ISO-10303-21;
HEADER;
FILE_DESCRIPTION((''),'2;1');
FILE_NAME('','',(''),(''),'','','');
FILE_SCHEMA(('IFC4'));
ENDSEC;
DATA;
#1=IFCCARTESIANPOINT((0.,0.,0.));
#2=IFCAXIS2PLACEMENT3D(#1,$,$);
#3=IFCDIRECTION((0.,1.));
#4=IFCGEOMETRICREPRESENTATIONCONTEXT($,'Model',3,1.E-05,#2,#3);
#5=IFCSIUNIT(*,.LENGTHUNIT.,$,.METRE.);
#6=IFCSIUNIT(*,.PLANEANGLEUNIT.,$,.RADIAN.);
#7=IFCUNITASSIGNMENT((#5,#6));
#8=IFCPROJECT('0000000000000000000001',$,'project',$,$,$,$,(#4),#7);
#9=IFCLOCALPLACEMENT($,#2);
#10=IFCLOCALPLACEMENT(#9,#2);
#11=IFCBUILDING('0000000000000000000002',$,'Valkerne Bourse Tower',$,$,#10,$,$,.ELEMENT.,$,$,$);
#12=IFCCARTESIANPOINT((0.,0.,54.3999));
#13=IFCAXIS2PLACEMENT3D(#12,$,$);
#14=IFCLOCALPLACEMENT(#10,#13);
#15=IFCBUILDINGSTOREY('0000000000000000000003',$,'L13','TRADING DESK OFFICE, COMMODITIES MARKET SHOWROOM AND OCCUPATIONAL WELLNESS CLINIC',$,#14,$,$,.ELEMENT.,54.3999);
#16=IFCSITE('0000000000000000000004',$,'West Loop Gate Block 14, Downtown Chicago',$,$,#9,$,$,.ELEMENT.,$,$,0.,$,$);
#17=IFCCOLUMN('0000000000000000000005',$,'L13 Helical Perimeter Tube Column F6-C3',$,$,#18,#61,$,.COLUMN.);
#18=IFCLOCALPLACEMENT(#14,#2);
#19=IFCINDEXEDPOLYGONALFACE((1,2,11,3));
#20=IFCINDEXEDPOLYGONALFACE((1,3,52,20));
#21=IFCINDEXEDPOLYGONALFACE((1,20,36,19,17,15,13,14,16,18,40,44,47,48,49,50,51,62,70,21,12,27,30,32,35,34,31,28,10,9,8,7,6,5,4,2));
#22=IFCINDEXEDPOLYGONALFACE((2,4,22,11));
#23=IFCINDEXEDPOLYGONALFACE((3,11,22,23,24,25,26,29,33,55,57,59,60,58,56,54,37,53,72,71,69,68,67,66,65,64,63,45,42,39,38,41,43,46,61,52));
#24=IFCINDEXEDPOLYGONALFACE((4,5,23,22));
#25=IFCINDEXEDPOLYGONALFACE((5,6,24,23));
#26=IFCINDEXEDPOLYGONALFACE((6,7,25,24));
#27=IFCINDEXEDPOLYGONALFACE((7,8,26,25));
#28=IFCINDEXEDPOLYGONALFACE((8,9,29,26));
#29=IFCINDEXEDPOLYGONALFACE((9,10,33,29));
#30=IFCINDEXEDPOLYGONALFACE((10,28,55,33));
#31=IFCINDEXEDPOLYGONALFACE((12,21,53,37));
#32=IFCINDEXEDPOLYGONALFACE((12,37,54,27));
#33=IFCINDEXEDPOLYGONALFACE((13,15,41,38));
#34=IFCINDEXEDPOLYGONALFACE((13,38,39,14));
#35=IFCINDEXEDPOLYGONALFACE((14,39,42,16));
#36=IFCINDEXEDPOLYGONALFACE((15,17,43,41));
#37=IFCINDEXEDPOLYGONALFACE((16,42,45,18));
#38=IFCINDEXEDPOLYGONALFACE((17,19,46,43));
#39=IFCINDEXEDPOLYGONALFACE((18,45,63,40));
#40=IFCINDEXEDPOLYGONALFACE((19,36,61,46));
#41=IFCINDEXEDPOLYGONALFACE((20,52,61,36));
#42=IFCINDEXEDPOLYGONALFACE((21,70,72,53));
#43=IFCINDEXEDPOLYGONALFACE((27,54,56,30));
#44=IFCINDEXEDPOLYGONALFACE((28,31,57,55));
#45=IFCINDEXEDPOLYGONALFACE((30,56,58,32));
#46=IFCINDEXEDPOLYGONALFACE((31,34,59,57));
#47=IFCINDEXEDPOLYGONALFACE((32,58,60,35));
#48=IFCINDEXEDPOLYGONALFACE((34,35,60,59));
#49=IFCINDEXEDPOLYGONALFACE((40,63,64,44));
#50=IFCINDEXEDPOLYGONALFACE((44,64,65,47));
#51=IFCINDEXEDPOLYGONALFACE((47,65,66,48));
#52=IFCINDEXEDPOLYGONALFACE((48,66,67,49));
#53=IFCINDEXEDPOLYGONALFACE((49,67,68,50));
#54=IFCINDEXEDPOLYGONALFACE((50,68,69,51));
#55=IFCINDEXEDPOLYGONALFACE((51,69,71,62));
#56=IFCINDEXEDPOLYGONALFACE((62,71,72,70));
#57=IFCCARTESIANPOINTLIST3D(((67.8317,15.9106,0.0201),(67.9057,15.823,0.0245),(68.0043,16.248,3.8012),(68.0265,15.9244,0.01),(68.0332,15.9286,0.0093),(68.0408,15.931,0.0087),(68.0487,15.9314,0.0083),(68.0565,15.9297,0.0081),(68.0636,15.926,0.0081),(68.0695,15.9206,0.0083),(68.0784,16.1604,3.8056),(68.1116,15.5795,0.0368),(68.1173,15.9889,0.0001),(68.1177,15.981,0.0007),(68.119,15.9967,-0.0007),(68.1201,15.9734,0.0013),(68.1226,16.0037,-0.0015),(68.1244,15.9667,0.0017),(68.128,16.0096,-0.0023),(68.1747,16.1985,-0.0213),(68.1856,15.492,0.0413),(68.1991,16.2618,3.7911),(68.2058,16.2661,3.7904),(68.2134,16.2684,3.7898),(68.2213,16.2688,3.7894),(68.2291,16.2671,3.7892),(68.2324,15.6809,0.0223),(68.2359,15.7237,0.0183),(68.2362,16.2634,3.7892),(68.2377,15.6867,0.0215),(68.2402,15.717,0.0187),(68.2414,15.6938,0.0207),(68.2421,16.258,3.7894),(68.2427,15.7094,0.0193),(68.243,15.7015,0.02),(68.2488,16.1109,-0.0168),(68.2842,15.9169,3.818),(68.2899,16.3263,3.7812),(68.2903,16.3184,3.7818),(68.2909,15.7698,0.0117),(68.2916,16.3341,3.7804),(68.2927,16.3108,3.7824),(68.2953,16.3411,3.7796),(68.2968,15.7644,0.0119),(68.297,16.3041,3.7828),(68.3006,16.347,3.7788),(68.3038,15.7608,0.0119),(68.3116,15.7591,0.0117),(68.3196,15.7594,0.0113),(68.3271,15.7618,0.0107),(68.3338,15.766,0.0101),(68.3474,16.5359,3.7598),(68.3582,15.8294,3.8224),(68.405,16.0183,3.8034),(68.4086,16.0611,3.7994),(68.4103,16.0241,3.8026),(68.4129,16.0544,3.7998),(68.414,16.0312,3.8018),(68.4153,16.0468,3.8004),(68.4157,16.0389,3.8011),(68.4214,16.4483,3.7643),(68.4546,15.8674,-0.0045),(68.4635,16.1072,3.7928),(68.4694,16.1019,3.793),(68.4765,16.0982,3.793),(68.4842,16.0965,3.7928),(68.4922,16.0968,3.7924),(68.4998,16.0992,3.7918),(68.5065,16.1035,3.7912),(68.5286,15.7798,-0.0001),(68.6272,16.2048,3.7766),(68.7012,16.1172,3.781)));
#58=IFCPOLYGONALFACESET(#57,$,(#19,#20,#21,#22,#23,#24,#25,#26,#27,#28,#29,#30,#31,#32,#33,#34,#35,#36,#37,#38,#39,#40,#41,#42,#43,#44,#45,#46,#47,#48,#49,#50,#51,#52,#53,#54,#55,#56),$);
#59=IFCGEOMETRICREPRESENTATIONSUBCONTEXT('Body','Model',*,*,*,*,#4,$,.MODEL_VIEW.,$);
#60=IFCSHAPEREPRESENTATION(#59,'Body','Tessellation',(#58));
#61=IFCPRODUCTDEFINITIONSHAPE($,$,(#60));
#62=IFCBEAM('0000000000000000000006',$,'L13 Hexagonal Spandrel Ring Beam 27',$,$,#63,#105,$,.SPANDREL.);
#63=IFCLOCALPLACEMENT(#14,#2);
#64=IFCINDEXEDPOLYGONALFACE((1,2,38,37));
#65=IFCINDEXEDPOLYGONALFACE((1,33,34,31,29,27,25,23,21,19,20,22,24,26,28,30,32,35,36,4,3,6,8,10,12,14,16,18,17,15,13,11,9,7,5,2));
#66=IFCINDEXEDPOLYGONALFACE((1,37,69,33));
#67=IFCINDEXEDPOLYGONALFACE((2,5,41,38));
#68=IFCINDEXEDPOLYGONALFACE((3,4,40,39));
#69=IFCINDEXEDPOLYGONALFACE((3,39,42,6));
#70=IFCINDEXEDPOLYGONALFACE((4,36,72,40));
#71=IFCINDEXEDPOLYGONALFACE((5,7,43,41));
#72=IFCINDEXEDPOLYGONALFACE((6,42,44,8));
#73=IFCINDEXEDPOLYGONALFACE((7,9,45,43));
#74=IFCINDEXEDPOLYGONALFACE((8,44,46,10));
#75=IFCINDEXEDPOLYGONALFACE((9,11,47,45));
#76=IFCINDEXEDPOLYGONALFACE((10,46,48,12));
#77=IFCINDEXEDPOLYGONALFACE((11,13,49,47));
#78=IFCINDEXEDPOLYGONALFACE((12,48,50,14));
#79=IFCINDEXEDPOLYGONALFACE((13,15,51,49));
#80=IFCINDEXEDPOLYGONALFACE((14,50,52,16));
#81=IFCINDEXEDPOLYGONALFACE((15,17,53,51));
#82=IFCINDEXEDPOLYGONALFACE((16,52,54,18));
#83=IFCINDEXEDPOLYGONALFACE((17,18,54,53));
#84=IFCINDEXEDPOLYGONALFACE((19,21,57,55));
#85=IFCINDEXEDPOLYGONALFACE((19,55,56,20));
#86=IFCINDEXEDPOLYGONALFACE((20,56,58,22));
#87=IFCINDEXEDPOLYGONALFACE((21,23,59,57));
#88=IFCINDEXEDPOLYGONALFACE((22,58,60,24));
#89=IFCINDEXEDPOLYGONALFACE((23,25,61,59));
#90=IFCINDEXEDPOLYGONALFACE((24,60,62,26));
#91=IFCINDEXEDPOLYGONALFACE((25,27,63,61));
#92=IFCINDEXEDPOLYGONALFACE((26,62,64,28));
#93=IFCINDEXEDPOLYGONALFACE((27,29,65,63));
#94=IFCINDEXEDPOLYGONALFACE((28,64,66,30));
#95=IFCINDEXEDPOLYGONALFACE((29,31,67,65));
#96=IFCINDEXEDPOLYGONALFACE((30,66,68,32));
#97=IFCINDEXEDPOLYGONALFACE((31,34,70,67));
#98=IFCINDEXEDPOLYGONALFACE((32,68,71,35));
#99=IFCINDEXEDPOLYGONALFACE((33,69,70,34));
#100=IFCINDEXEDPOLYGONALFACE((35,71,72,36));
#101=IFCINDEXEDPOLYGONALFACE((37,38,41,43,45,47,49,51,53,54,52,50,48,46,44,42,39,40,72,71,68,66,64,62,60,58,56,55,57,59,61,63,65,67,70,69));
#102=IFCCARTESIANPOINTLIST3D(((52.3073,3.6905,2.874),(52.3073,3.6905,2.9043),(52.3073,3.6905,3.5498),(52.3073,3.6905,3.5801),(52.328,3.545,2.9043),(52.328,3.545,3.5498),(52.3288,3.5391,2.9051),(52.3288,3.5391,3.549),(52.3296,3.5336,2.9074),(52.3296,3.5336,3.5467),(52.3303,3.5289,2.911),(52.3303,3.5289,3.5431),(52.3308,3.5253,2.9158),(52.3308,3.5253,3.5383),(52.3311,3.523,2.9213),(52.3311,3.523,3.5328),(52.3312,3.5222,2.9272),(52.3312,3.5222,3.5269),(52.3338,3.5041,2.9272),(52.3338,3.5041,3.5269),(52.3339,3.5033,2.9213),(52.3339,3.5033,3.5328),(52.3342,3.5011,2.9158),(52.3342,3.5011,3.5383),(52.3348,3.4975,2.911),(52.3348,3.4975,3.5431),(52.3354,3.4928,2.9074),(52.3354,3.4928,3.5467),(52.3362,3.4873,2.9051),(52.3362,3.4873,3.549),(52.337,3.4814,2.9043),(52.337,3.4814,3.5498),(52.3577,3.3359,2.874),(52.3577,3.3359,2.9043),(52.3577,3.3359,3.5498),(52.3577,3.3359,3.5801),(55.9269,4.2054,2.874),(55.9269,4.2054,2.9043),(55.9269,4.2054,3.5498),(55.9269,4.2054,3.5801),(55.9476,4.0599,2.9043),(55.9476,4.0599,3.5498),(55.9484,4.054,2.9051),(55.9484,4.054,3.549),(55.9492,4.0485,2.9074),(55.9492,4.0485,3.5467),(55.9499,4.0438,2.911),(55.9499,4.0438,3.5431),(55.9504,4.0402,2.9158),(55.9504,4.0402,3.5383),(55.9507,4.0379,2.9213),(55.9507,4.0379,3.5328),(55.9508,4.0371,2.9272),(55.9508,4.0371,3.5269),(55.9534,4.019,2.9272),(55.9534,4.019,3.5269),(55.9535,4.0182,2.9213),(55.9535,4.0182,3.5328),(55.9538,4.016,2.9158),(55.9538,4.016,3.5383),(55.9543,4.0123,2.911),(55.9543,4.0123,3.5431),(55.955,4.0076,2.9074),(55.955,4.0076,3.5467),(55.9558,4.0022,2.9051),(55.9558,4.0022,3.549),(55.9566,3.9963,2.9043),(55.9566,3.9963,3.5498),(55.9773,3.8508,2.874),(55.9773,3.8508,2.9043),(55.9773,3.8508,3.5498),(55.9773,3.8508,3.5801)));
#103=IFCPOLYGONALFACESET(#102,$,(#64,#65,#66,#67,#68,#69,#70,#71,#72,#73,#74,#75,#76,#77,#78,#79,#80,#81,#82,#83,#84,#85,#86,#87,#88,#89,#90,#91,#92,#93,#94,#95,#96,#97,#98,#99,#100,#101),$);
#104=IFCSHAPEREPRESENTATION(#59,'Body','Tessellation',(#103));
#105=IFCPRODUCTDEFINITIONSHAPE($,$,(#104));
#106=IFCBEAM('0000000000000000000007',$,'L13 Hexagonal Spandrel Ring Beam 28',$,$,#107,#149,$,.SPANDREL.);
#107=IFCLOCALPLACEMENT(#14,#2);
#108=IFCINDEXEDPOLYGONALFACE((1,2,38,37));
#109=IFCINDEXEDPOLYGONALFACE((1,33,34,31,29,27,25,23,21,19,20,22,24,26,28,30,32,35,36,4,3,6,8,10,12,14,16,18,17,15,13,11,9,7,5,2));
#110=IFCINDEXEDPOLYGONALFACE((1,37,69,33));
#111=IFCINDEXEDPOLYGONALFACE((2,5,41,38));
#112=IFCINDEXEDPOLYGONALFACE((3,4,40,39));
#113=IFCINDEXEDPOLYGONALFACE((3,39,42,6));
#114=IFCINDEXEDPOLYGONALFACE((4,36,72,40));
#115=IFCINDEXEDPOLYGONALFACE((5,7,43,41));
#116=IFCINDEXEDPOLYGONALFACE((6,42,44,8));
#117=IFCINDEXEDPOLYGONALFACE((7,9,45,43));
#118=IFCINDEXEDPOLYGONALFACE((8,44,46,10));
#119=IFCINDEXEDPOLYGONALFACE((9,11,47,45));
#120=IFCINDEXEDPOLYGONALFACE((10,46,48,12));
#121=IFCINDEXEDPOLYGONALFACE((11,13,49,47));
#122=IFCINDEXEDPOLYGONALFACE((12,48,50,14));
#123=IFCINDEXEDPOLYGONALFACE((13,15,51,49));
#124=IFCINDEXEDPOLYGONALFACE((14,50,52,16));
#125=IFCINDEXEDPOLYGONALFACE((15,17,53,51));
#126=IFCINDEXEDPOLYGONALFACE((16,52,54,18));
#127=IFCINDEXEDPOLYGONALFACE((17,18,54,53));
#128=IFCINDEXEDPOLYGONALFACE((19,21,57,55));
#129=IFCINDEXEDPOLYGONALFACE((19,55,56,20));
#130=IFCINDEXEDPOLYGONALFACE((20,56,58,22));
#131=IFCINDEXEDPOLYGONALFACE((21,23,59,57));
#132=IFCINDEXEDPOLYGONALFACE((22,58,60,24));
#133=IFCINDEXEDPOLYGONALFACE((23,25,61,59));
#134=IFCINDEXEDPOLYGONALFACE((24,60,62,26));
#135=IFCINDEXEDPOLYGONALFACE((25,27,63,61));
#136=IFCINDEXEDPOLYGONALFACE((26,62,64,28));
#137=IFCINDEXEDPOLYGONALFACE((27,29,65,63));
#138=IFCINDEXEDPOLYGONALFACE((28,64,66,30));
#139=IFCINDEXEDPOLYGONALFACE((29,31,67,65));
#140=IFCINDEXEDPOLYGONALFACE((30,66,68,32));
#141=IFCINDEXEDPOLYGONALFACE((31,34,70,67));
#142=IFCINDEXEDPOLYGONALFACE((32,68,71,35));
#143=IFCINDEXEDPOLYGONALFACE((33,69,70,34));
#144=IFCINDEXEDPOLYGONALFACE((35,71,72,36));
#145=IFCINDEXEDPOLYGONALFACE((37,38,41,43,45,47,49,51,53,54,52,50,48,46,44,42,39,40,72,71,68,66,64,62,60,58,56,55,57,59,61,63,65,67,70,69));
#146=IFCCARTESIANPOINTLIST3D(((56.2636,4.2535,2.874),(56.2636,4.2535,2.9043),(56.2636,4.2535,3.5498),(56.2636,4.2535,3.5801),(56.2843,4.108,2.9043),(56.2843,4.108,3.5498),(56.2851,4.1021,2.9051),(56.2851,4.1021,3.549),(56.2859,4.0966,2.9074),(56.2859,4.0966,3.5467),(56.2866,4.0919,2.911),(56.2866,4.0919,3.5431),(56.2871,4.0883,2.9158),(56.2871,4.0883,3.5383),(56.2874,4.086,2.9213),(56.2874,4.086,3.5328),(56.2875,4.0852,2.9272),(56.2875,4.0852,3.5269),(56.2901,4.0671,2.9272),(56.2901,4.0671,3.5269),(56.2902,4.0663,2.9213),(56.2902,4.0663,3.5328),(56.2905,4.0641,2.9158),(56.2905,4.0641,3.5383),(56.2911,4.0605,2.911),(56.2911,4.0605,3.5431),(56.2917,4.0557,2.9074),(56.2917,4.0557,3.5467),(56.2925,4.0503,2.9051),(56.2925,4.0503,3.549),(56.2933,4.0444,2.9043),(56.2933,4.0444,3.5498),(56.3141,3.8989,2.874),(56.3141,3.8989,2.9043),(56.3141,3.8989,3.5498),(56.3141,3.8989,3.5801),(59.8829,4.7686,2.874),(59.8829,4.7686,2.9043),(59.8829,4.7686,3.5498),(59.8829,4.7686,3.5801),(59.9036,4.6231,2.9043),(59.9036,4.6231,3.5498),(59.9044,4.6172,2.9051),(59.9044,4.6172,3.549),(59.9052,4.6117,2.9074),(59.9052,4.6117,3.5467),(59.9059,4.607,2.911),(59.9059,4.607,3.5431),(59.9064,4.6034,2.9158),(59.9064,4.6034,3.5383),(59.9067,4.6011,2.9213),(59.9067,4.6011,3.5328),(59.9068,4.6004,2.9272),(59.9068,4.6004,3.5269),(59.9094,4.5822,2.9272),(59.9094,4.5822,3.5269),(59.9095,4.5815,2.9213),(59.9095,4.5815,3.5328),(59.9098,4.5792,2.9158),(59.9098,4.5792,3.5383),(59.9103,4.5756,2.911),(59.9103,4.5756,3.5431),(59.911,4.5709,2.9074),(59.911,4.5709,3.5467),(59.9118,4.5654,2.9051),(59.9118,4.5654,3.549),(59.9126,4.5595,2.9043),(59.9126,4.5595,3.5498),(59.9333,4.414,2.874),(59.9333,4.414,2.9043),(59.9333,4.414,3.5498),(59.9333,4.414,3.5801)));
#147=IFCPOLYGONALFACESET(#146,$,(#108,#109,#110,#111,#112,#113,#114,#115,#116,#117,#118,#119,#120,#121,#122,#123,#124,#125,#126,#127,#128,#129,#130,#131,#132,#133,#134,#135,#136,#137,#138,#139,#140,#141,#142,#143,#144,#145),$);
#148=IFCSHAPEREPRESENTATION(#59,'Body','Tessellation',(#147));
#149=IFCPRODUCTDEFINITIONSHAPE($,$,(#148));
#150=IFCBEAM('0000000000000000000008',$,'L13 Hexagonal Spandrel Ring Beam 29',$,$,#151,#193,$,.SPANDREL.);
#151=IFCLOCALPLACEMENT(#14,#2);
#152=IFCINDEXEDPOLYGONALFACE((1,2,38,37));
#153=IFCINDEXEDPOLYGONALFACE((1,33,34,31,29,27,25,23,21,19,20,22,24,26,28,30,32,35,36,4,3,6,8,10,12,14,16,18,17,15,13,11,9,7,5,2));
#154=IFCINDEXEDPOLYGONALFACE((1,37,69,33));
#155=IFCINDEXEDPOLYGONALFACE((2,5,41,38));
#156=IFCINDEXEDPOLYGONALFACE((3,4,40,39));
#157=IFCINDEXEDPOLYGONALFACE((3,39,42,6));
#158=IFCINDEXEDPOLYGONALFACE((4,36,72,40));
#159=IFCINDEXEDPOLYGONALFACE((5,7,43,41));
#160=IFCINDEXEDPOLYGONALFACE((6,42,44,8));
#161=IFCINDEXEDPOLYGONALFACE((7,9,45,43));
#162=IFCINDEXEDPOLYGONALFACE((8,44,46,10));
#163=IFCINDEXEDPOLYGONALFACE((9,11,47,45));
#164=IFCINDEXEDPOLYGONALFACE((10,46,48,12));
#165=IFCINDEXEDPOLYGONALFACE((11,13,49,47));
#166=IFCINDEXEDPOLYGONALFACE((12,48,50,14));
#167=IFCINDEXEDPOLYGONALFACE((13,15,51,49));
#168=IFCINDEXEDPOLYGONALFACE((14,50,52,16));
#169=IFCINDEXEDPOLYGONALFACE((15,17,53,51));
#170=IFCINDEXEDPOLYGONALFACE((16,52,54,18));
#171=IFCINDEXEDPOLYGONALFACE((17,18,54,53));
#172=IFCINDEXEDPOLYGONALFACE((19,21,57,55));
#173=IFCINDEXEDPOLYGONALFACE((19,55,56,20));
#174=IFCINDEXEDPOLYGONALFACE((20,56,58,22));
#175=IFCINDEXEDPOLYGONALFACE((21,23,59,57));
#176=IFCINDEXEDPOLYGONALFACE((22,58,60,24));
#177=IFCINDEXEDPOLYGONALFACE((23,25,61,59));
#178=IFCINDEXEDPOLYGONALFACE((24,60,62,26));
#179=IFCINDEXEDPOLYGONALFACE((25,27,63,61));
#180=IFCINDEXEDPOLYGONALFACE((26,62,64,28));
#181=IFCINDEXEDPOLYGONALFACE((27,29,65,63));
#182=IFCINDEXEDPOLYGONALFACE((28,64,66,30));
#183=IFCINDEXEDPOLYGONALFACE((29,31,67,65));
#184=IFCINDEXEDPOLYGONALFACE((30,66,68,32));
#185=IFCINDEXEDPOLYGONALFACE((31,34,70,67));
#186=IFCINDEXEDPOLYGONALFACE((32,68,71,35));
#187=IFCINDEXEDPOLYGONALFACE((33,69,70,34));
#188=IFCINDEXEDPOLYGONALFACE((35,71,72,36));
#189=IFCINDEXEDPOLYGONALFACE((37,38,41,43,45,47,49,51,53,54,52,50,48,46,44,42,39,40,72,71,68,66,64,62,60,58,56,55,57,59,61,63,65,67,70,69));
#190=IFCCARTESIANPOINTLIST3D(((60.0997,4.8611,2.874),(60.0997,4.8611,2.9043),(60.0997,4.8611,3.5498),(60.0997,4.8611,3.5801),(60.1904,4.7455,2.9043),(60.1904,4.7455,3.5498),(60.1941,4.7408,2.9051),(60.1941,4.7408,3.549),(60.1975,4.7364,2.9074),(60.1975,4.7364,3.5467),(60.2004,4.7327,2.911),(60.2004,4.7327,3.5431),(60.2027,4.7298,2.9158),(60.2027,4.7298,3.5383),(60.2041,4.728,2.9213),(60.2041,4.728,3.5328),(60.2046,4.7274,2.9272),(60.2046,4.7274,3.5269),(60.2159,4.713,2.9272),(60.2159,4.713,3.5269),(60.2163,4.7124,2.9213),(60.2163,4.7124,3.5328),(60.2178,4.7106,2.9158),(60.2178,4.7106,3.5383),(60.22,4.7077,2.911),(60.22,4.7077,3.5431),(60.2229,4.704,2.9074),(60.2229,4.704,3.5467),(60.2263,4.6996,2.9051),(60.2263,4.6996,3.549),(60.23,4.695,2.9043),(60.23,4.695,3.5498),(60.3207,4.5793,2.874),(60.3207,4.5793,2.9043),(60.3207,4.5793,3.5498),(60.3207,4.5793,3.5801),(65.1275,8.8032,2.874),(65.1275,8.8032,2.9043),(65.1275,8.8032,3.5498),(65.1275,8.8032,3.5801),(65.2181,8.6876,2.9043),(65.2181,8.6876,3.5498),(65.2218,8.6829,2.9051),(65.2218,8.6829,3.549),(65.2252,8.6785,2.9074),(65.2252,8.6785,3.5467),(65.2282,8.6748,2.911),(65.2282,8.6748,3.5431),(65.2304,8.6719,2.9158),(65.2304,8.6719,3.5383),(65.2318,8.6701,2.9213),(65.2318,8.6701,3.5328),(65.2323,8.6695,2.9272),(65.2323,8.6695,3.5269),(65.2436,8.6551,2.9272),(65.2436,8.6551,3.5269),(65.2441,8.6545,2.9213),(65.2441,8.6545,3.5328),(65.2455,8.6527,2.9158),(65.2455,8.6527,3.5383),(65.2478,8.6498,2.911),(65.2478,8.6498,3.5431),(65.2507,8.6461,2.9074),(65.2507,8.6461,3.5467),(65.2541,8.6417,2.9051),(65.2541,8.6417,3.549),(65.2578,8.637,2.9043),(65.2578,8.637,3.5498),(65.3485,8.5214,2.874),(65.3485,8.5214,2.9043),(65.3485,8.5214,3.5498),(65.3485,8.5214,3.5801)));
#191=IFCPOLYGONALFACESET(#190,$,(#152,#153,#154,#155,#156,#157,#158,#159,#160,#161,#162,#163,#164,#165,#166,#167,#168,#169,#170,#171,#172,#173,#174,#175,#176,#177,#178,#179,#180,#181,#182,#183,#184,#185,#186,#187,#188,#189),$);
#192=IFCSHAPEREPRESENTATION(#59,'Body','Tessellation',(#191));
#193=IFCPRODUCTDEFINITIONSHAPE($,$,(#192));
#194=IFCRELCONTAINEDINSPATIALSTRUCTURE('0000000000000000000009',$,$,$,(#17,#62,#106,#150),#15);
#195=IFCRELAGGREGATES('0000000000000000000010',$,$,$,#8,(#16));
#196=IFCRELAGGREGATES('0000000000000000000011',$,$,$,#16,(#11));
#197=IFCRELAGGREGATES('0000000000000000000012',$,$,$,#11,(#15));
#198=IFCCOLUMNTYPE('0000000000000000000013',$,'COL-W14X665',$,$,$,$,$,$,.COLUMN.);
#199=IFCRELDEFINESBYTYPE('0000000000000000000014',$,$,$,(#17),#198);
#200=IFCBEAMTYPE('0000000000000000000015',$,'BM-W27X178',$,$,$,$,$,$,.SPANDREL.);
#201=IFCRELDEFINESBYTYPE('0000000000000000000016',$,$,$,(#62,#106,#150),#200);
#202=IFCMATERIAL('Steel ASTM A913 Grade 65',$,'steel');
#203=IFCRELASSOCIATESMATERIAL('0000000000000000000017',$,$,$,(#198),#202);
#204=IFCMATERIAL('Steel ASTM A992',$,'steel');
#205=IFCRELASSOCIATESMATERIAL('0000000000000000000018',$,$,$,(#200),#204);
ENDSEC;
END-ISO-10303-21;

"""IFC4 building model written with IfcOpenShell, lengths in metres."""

from ifc_helpers import new_model, si_unit, direction, frame, origin, origin_2d, place, context, subcontext, project, spatial, i_section, extrude, material, material_profile, profile_set, type_object, element, save


model = new_model("IFC4")

# Units and contexts
model_context = context("Model", 3, precision=1e-05, world=origin(), true_north=direction((0.0, 1.0)))
body_context = subcontext(model_context, "Body", "Model", "MODEL_VIEW")
ifc_project = project(units=[si_unit("LENGTHUNIT", "METRE"), si_unit("PLANEANGLEUNIT", "RADIAN")], contexts=[model_context])

# Site, building, storey
site_placement = place(None, origin())
site = spatial("IfcSite", under=ifc_project, at=site_placement, Name="West Loop Gate Block 14, Downtown Chicago", CompositionType="ELEMENT", RefElevation=0.0)
building_placement = place(site_placement, origin())
building = spatial("IfcBuilding", under=site, at=building_placement, Name="Valkerne Bourse Tower", CompositionType="ELEMENT")
storey_placement = place(building_placement, frame((0.0, 0.0, 54.3999)))
storey = spatial("IfcBuildingStorey", under=building, at=storey_placement, Name="L13", Description="TRADING DESK OFFICE, COMMODITIES MARKET SHOWROOM AND OCCUPATIONAL WELLNESS CLINIC", CompositionType="ELEMENT", Elevation=54.3999)

# Column
ifc_material_1 = material(Name="Steel ASTM A913 Grade 65", Category="steel")
ifc_material_profile_1 = material_profile(ifc_material_1, i_section(OverallWidth=0.4497, OverallDepth=0.5486, WebThickness=0.072, FlangeThickness=0.1147, FilletRadius=0.0305, at=origin_2d()), Name="W14X665")
ifc_profile_set_1 = profile_set([ifc_material_profile_1], Name="Steel ASTM A913 Grade 65")
column_type = type_object("IfcColumnType", Name="COL-W14X665", PredefinedType="COLUMN", material=ifc_profile_set_1)
column_1_placement = place(storey_placement, frame((68.1802, 15.8452, 0.01), z_axis=(0.045424, 0.088791, 0.995014), x_axis=(-0.762752, -0.640122, 0.091943)))
element("IfcColumn", 1, at=column_1_placement, inside=storey, type_object=column_type, Name="L13 Helical Perimeter Tube Column F6-C3", PredefinedType="COLUMN", context=body_context, shape_type="SweptSolid", body=[
    extrude(i_section(OverallWidth=0.4497, OverallDepth=0.5486, WebThickness=0.072, FlangeThickness=0.1147, FilletRadius=0.0305, at=origin_2d()), origin(), (0.0, 0.0, 1.0), 3.8),
])

# Beams
ifc_material_2 = material(Name="Steel ASTM A992", Category="steel")
ifc_material_profile_2 = material_profile(ifc_material_2, i_section(OverallWidth=0.3582, OverallDepth=0.7061, WebThickness=0.0183, FlangeThickness=0.0303, FilletRadius=0.0229, at=origin_2d()), Name="W27X178")
ifc_profile_set_2 = profile_set([ifc_material_profile_2], Name="Steel ASTM A992")
beam_type = type_object("IfcBeamType", Name="BM-W27X178", PredefinedType="SPANDREL", material=ifc_profile_set_2)
beam_1_placement = place(storey_placement, frame((52.3325, 3.5132, 3.2271), z_axis=(0.990033, 0.140832, 0.0), x_axis=(-0.140832, 0.990033, 0.0)))
element("IfcBeam", 2, at=beam_1_placement, inside=storey, type_object=beam_type, Name="L13 Hexagonal Spandrel Ring Beam 27", PredefinedType="SPANDREL", context=body_context, shape_type="SweptSolid", body=[
    extrude(i_section(OverallWidth=0.3582, OverallDepth=0.7061, WebThickness=0.0183, FlangeThickness=0.0303, FilletRadius=0.0229, at=origin_2d()), origin(), (0.0, 0.0, 1.0), 3.656),
])
beam_2_placement = place(storey_placement, frame((56.2888, 4.0762, 3.2271), z_axis=(0.990023, 0.140907, 0.0), x_axis=(-0.140907, 0.990023, 0.0)))
element("IfcBeam", 3, at=beam_2_placement, inside=storey, type_object=beam_type, Name="L13 Hexagonal Spandrel Ring Beam 28", PredefinedType="SPANDREL", context=body_context, shape_type="SweptSolid", body=[
    extrude(i_section(OverallWidth=0.3582, OverallDepth=0.7061, WebThickness=0.0183, FlangeThickness=0.0303, FilletRadius=0.0229, at=origin_2d()), origin(), (0.0, 0.0, 1.0), 3.6558),
])
beam_3_placement = place(storey_placement, frame((60.2102, 4.7202, 3.2271), z_axis=(0.786949, 0.617018, 0.0), x_axis=(-0.617018, 0.786949, 0.0)))
element("IfcBeam", 4, at=beam_3_placement, inside=storey, type_object=beam_type, Name="L13 Hexagonal Spandrel Ring Beam 29", PredefinedType="SPANDREL", context=body_context, shape_type="SweptSolid", body=[
    extrude(i_section(OverallWidth=0.3582, OverallDepth=0.7061, WebThickness=0.0183, FlangeThickness=0.0303, FilletRadius=0.0229, at=origin_2d()), origin(), (0.0, 0.0, 1.0), 6.3889),
])

save(model, "model.ifc")
